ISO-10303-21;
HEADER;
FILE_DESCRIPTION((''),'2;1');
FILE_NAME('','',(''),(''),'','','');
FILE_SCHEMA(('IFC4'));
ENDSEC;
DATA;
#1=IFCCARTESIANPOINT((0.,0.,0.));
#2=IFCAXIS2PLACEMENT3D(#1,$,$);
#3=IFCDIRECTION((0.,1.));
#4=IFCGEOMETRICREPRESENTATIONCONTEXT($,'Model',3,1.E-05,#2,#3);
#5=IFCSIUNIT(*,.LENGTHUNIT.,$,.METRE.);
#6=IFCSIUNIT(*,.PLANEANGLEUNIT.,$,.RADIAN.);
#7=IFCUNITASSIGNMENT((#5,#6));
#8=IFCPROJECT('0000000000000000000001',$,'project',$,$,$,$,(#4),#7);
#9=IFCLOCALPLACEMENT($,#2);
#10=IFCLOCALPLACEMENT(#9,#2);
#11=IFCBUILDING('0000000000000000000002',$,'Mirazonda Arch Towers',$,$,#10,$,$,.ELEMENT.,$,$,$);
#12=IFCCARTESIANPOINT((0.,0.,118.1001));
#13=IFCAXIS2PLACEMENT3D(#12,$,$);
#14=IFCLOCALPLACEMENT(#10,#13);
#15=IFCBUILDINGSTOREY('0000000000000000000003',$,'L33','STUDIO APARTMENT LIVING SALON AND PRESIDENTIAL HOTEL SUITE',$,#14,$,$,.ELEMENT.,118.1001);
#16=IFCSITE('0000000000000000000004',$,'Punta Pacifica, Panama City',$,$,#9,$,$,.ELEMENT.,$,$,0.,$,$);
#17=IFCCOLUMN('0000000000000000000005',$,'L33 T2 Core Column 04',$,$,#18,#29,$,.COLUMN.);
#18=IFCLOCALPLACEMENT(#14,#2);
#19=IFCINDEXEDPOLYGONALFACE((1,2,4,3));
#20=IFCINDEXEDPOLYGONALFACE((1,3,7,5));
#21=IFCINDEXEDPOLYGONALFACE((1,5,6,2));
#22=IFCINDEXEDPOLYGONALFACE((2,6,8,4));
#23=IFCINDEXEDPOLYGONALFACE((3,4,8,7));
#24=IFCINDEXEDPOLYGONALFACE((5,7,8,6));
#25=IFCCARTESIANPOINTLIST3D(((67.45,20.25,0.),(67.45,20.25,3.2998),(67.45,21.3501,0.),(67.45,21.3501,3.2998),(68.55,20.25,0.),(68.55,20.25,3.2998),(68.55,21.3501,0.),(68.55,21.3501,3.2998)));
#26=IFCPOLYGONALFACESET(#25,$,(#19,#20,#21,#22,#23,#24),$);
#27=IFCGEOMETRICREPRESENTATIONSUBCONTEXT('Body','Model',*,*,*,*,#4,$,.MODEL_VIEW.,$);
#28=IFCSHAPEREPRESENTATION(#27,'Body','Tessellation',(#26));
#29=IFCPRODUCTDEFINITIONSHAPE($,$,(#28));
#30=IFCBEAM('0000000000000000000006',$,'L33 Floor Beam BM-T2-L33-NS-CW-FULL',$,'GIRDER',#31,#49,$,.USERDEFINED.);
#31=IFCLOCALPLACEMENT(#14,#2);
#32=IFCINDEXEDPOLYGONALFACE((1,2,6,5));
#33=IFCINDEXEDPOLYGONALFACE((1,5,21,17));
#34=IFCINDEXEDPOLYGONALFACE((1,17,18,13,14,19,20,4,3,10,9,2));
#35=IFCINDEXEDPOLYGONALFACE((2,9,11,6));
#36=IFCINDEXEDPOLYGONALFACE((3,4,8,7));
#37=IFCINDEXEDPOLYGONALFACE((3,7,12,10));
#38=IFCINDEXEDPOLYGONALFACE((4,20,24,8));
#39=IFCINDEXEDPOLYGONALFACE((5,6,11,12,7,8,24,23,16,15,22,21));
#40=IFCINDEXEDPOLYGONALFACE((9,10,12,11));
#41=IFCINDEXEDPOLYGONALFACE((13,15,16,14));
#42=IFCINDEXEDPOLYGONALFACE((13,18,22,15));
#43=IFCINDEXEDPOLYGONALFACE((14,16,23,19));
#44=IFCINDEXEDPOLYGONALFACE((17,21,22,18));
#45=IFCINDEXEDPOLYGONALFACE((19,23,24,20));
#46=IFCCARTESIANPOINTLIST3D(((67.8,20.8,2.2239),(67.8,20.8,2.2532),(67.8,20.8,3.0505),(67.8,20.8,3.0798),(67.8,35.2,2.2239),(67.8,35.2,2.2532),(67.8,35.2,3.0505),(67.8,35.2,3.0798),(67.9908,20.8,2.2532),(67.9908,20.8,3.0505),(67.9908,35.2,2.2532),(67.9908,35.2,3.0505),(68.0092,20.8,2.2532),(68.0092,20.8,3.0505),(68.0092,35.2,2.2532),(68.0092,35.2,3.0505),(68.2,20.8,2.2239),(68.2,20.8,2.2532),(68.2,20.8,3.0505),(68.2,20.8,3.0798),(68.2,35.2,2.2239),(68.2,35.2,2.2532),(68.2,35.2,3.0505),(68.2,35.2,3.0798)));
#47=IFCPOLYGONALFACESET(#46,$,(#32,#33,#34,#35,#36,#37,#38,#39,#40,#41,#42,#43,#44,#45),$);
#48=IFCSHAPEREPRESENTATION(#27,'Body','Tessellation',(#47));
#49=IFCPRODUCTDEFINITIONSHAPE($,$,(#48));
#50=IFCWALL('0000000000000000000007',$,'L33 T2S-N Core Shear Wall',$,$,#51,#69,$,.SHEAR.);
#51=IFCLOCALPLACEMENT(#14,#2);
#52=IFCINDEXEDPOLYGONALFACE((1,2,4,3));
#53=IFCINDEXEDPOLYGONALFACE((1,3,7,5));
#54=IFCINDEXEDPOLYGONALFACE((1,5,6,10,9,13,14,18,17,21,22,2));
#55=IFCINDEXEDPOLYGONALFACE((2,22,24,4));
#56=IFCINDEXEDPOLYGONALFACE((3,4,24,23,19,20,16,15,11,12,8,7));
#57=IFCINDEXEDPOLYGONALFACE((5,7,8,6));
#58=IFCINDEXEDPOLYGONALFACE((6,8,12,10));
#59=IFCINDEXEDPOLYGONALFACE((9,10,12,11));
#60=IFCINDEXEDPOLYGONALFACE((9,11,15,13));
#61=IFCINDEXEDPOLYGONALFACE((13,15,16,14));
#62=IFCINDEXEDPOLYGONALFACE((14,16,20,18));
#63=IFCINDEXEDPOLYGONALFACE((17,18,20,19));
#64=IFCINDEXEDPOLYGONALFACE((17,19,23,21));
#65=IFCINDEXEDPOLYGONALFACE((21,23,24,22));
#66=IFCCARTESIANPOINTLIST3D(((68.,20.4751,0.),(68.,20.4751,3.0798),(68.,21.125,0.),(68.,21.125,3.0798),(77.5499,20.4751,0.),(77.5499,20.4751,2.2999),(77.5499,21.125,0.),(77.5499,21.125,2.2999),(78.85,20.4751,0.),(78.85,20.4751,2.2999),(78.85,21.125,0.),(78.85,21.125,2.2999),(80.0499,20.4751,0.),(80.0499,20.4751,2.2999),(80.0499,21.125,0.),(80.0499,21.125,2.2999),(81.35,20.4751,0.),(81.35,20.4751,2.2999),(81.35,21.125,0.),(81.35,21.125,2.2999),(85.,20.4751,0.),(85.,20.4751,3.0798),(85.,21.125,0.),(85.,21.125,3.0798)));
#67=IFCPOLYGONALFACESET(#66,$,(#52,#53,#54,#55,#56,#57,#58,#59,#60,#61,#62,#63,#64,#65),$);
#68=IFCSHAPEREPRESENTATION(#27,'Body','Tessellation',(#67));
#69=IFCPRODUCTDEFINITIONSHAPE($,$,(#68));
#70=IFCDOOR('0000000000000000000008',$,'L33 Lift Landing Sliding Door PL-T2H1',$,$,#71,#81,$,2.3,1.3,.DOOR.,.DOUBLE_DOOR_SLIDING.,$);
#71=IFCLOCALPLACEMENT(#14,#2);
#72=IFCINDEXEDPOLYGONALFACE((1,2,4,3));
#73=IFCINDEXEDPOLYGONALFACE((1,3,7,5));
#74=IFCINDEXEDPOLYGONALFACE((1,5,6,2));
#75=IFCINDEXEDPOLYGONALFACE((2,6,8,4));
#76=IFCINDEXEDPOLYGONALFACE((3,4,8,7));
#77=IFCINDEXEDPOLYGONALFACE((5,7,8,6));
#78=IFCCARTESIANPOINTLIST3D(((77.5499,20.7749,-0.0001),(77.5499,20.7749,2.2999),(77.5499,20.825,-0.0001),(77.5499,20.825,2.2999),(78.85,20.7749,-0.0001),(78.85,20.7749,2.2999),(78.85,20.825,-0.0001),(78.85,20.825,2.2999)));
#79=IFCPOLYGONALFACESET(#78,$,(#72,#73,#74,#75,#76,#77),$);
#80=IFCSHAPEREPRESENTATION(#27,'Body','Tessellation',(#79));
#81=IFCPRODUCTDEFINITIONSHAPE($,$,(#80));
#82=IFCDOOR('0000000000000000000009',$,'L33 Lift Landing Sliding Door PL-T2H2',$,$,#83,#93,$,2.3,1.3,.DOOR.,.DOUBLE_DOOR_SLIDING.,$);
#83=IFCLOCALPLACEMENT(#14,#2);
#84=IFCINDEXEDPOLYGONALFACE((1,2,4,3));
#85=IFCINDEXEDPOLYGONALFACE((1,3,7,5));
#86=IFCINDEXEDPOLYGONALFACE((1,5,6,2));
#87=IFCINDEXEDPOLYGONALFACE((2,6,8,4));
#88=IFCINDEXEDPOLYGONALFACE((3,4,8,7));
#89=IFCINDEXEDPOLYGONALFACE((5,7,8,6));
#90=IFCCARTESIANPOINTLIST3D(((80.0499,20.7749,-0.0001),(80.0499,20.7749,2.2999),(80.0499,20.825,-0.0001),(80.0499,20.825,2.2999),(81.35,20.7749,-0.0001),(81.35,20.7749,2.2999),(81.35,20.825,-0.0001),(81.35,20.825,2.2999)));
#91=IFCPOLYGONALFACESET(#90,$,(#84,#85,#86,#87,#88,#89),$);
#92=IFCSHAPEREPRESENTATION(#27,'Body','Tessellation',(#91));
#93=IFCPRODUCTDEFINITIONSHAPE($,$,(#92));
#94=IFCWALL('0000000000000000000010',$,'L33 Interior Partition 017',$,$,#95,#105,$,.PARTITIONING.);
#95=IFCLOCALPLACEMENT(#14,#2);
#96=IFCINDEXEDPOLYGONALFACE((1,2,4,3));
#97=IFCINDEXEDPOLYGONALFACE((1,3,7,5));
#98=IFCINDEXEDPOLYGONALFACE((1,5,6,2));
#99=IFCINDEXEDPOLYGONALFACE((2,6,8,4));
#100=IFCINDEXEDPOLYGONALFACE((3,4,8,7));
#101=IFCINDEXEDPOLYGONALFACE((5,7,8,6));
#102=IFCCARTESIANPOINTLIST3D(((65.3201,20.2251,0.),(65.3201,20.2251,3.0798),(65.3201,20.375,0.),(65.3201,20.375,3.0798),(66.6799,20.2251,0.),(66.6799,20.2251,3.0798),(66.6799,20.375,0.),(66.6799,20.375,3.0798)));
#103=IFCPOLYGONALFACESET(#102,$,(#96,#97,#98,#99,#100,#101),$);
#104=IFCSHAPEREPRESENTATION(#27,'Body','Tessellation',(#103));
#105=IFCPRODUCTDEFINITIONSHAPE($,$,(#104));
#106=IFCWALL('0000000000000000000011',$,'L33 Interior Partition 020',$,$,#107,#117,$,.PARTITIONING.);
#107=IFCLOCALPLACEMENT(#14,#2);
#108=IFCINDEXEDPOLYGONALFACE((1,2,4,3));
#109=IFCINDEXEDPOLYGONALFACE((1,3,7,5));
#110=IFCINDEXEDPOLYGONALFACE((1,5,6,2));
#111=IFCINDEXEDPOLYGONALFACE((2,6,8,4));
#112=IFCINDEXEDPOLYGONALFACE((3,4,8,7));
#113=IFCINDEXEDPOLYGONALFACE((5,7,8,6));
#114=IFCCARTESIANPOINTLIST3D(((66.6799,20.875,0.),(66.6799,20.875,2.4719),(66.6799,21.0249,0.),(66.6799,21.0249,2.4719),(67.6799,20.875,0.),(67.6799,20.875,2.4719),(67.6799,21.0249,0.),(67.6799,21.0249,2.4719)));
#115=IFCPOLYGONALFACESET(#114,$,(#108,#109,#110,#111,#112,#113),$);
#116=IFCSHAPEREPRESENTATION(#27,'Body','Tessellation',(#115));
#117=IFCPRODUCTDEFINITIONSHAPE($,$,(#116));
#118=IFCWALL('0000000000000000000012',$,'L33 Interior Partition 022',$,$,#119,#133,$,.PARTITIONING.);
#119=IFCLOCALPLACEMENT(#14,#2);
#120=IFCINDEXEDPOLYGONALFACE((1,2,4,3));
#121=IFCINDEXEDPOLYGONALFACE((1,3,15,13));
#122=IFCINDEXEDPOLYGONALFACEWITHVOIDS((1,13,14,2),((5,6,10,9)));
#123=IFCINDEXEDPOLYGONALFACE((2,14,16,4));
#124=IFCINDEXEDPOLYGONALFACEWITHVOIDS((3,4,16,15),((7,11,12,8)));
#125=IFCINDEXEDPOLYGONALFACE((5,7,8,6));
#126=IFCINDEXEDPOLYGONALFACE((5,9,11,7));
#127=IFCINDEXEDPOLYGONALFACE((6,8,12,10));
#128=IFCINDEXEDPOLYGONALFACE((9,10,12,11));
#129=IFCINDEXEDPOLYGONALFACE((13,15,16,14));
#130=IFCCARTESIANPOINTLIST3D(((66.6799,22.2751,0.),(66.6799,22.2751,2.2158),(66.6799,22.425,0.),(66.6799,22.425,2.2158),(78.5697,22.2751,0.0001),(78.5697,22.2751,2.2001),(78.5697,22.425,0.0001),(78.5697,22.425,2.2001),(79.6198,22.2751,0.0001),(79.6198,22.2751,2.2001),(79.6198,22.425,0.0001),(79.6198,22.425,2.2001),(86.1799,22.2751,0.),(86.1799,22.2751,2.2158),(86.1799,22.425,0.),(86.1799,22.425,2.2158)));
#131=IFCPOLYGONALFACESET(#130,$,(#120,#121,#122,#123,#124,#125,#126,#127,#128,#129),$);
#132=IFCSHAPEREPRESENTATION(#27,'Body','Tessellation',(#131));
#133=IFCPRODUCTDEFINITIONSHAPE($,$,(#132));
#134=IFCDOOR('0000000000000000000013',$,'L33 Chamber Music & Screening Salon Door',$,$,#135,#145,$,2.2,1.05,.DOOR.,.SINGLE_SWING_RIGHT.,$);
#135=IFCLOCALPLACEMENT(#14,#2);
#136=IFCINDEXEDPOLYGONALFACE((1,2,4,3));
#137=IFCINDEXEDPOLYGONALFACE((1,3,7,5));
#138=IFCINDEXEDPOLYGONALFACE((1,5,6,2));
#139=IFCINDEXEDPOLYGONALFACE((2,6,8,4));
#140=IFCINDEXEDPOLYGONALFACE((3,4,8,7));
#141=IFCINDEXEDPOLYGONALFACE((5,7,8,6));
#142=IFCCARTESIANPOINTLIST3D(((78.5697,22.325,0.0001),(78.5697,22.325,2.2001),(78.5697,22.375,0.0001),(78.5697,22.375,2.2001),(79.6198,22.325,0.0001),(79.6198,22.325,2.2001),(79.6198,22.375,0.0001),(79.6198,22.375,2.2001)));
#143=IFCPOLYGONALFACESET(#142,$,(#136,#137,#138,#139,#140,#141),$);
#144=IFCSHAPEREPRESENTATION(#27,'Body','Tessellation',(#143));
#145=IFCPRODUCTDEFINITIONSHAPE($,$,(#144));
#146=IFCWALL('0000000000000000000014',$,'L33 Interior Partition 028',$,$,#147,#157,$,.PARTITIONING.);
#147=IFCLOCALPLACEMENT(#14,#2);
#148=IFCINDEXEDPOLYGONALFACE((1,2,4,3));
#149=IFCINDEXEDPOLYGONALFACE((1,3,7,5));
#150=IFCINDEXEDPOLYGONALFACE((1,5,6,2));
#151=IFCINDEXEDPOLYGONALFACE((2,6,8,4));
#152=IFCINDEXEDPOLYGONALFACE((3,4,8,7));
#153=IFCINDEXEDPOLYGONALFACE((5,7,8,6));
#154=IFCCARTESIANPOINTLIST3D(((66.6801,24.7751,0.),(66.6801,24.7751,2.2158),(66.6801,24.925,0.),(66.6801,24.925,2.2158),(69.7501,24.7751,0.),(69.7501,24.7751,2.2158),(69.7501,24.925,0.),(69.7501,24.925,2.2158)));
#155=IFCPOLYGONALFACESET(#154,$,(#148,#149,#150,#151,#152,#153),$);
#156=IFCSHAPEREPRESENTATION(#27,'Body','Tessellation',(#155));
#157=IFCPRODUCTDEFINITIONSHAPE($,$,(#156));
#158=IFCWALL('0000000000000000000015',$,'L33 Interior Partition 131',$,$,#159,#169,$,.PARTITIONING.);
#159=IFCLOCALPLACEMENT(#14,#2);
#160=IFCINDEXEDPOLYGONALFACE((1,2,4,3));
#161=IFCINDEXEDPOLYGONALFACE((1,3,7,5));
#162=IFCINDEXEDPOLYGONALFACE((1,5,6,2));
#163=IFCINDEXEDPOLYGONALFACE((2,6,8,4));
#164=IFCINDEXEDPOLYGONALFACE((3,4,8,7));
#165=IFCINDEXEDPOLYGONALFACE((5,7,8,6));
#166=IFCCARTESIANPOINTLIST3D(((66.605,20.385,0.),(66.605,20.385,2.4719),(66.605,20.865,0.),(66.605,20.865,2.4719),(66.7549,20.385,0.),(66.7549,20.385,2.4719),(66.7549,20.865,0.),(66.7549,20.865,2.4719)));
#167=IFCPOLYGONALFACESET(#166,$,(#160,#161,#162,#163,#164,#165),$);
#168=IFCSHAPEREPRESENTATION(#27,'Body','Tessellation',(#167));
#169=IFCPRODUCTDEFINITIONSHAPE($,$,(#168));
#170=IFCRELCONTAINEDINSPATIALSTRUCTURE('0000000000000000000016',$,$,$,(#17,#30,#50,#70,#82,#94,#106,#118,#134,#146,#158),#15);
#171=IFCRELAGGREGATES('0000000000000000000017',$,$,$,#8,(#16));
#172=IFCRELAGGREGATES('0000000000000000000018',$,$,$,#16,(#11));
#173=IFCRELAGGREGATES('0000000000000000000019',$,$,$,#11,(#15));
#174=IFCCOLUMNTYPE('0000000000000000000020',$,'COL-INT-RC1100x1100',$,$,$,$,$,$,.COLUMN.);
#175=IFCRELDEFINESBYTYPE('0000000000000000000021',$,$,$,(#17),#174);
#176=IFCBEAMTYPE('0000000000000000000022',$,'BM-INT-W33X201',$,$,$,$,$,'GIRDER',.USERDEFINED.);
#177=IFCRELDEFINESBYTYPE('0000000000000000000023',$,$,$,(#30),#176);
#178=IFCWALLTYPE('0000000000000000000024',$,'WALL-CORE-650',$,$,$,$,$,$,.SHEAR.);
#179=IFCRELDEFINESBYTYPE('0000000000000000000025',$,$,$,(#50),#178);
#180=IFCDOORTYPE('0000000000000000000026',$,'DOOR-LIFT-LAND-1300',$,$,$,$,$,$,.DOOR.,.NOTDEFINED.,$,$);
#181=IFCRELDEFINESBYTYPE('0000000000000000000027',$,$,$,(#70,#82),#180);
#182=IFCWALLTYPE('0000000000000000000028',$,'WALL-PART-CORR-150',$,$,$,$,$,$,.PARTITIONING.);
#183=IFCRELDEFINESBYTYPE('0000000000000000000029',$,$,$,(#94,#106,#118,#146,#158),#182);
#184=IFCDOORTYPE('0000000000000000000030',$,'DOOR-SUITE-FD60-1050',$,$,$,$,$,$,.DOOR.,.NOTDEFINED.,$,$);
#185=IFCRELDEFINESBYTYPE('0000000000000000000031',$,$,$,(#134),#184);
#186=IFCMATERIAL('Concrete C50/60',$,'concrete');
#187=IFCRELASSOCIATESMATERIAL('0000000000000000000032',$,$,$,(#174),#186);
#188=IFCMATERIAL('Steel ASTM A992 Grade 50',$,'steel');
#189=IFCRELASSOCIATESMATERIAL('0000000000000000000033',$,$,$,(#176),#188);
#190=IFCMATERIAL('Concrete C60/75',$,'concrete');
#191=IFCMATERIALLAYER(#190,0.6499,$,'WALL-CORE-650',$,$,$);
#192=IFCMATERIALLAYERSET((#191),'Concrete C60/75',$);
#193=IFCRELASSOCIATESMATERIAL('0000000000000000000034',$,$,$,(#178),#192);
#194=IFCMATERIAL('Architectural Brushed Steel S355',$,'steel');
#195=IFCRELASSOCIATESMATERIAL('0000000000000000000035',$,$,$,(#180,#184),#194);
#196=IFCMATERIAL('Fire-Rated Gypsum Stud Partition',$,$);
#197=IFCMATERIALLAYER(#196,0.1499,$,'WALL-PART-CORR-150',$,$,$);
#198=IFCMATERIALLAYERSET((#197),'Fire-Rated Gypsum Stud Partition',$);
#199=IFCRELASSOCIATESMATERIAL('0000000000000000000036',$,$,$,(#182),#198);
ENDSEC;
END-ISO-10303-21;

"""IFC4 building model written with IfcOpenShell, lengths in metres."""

from ifc_helpers import new_model, si_unit, direction, frame, frame_2d, origin, origin_2d, place, context, subcontext, project, spatial, rectangle, i_section, extrude, material, layer, layer_set, material_profile, profile_set, type_object, element, fill, save


model = new_model("IFC4")

# Units and contexts
model_context = context("Model", 3, precision=1e-05, world=origin(), true_north=direction((0.0, 1.0)))
body_context = subcontext(model_context, "Body", "Model", "MODEL_VIEW")
ifc_project = project(units=[si_unit("LENGTHUNIT", "METRE"), si_unit("PLANEANGLEUNIT", "RADIAN")], contexts=[model_context])

# Site, building, storey
site_placement = place(None, origin())
site = spatial("IfcSite", under=ifc_project, at=site_placement, Name="Punta Pacifica, Panama City", CompositionType="ELEMENT", RefElevation=0.0)
building_placement = place(site_placement, origin())
building = spatial("IfcBuilding", under=site, at=building_placement, Name="Mirazonda Arch Towers", CompositionType="ELEMENT")
storey_placement = place(building_placement, frame((0.0, 0.0, 118.1001)))
storey = spatial("IfcBuildingStorey", under=building, at=storey_placement, Name="L33", Description="STUDIO APARTMENT LIVING SALON AND PRESIDENTIAL HOTEL SUITE", CompositionType="ELEMENT", Elevation=118.1001)

# Column
ifc_material_1 = material(Name="Concrete C50/60", Category="concrete")
ifc_material_profile_1 = material_profile(ifc_material_1, rectangle(XDim=1.1001, YDim=1.1001, at=origin_2d()), Name="RC1100x1100")
ifc_profile_set_1 = profile_set([ifc_material_profile_1], Name="Concrete C50/60")
column_type = type_object("IfcColumnType", Name="COL-INT-RC1100x1100", PredefinedType="COLUMN", material=ifc_profile_set_1)
column_placement = place(storey_placement, frame((68.0, 20.8, 0.0), z_axis=(0.0, 0.0, 1.0), x_axis=(1.0, 0.0, 0.0)))
element("IfcColumn", 1, at=column_placement, inside=storey, type_object=column_type, Name="L33 T2 Core Column 04", PredefinedType="COLUMN", context=body_context, shape_type="SweptSolid", body=[
    extrude(rectangle(XDim=1.1001, YDim=1.1001, at=origin_2d()), origin(), (0.0, 0.0, 1.0), 3.2998),
])

# Beam
ifc_material_2 = material(Name="Steel ASTM A992 Grade 50", Category="steel")
ifc_material_profile_2 = material_profile(ifc_material_2, i_section(OverallWidth=0.3999, OverallDepth=0.856, WebThickness=0.0183, FlangeThickness=0.0293, at=origin_2d()), Name="W33X201")
ifc_profile_set_2 = profile_set([ifc_material_profile_2], Name="Steel ASTM A992 Grade 50")
beam_type = type_object("IfcBeamType", Name="BM-INT-W33X201", ElementType="GIRDER", PredefinedType="USERDEFINED", material=ifc_profile_set_2)
beam_placement = place(storey_placement, frame((68.0, 20.8, 2.6519), z_axis=(0.0, 1.0, 0.0), x_axis=(-1.0, 0.0, 0.0)))
element("IfcBeam", 2, at=beam_placement, inside=storey, type_object=beam_type, Name="L33 Floor Beam BM-T2-L33-NS-CW-FULL", ObjectType="GIRDER", PredefinedType="USERDEFINED", context=body_context, shape_type="SweptSolid", body=[
    extrude(i_section(OverallWidth=0.3999, OverallDepth=0.856, WebThickness=0.0183, FlangeThickness=0.0293, at=origin_2d()), origin(), (0.0, 0.0, 1.0), 14.3999),
])

# Wall, openings, doors
ifc_material_3 = material(Name="Concrete C60/75", Category="concrete")
ifc_layer_1 = layer(ifc_material_3, 0.6499, Name="WALL-CORE-650")
ifc_layer_set_1 = layer_set([ifc_layer_1], Name="Concrete C60/75")
wall_type_1 = type_object("IfcWallType", Name="WALL-CORE-650", PredefinedType="SHEAR", material=ifc_layer_set_1)
wall_1_placement = place(storey_placement, frame((68.0, 20.8, 0.0), z_axis=(0.0, 0.0, 1.0), x_axis=(1.0, 0.0, 0.0)))
wall_1 = element("IfcWall", 3, at=wall_1_placement, inside=storey, type_object=wall_type_1, Name="L33 T2S-N Core Shear Wall", PredefinedType="SHEAR", context=body_context, shape_type="SweptSolid", body=[
    extrude(rectangle(XDim=17.0, YDim=0.6499, at=frame_2d((8.5, 0.0))), origin(), (0.0, 0.0, 1.0), 3.0798),
])
opening_1_placement = place(wall_1_placement, frame((9.55, 0.0, 0.0)))
opening_1 = element("IfcOpeningElement", 4, at=opening_1_placement, cuts=wall_1, PredefinedType="OPENING", context=body_context, shape_type="SweptSolid", body=[
    extrude(rectangle(XDim=1.3, YDim=2.3, at=frame_2d((0.6499, 1.1499))), frame((0.0, 0.335, 0.0), z_axis=(0.0, -1.0, 0.0), x_axis=(1.0, 0.0, 0.0)), (0.0, 0.0, 1.0), 0.6699),
])
opening_2_placement = place(wall_1_placement, frame((12.05, 0.0, 0.0)))
opening_2 = element("IfcOpeningElement", 5, at=opening_2_placement, cuts=wall_1, PredefinedType="OPENING", context=body_context, shape_type="SweptSolid", body=[
    extrude(rectangle(XDim=1.3, YDim=2.3, at=frame_2d((0.6499, 1.1499))), frame((0.0, 0.335, 0.0), z_axis=(0.0, -1.0, 0.0), x_axis=(1.0, 0.0, 0.0)), (0.0, 0.0, 1.0), 0.6699),
])
ifc_material_4 = material(Name="Architectural Brushed Steel S355", Category="steel")
door_type_1 = type_object("IfcDoorType", Name="DOOR-LIFT-LAND-1300", OperationType="NOTDEFINED", PredefinedType="DOOR", material=ifc_material_4)
door_1_placement = place(opening_1_placement, origin())
door_1 = element("IfcDoor", 6, at=door_1_placement, inside=storey, type_object=door_type_1, Name="L33 Lift Landing Sliding Door PL-T2H1", OperationType="DOUBLE_DOOR_SLIDING", OverallHeight=2.3, OverallWidth=1.3, PredefinedType="DOOR", context=body_context, shape_type="SweptSolid", body=[
    extrude(rectangle(XDim=1.3, YDim=2.3, at=frame_2d((0.6499, 1.1499))), frame((0.0, 0.0249, 0.0), z_axis=(0.0, -1.0, 0.0), x_axis=(1.0, 0.0, 0.0)), (0.0, 0.0, 1.0), 0.05),
])
fill(opening_1, door_1)
door_2_placement = place(opening_2_placement, origin())
door_2 = element("IfcDoor", 7, at=door_2_placement, inside=storey, type_object=door_type_1, Name="L33 Lift Landing Sliding Door PL-T2H2", OperationType="DOUBLE_DOOR_SLIDING", OverallHeight=2.3, OverallWidth=1.3, PredefinedType="DOOR", context=body_context, shape_type="SweptSolid", body=[
    extrude(rectangle(XDim=1.3, YDim=2.3, at=frame_2d((0.6499, 1.1499))), frame((0.0, 0.0249, 0.0), z_axis=(0.0, -1.0, 0.0), x_axis=(1.0, 0.0, 0.0)), (0.0, 0.0, 1.0), 0.05),
])
fill(opening_2, door_2)

# Walls
ifc_material_5 = material(Name="Fire-Rated Gypsum Stud Partition")
ifc_layer_2 = layer(ifc_material_5, 0.1499, Name="WALL-PART-CORR-150")
ifc_layer_set_2 = layer_set([ifc_layer_2], Name="Fire-Rated Gypsum Stud Partition")
wall_type_2 = type_object("IfcWallType", Name="WALL-PART-CORR-150", PredefinedType="PARTITIONING", material=ifc_layer_set_2)
wall_2_placement = place(storey_placement, frame((65.3201, 20.3, 0.0), z_axis=(0.0, 0.0, 1.0), x_axis=(1.0, 0.0, 0.0)))
element("IfcWall", 8, at=wall_2_placement, inside=storey, type_object=wall_type_2, Name="L33 Interior Partition 017", PredefinedType="PARTITIONING", context=body_context, shape_type="SweptSolid", body=[
    extrude(rectangle(XDim=1.3599, YDim=0.1499, at=frame_2d((0.6799, 0.0))), origin(), (0.0, 0.0, 1.0), 3.0798),
])
wall_3_placement = place(storey_placement, frame((66.6799, 20.95, 0.0), z_axis=(0.0, 0.0, 1.0), x_axis=(1.0, 0.0, 0.0)))
element("IfcWall", 9, at=wall_3_placement, inside=storey, type_object=wall_type_2, Name="L33 Interior Partition 020", PredefinedType="PARTITIONING", context=body_context, shape_type="SweptSolid", body=[
    extrude(rectangle(XDim=1.0, YDim=0.1499, at=frame_2d((0.5, 0.0))), origin(), (0.0, 0.0, 1.0), 2.4719),
])

# Wall, opening, door
wall_4_placement = place(storey_placement, frame((66.6799, 22.3501, 0.0), z_axis=(0.0, 0.0, 1.0), x_axis=(1.0, 0.0, 0.0)))
wall_4 = element("IfcWall", 10, at=wall_4_placement, inside=storey, type_object=wall_type_2, Name="L33 Interior Partition 022", PredefinedType="PARTITIONING", context=body_context, shape_type="SweptSolid", body=[
    extrude(rectangle(XDim=19.5, YDim=0.1499, at=frame_2d((9.75, 0.0))), origin(), (0.0, 0.0, 1.0), 2.2158),
])
opening_3_placement = place(wall_4_placement, frame((11.8899, 0.0, 0.0)))
opening_3 = element("IfcOpeningElement", 11, at=opening_3_placement, cuts=wall_4, PredefinedType="OPENING", context=body_context, shape_type="SweptSolid", body=[
    extrude(rectangle(XDim=1.05, YDim=2.2, at=frame_2d((0.5249, 1.1001))), frame((0.0, 0.085, 0.0), z_axis=(0.0, -1.0, 0.0), x_axis=(1.0, 0.0, 0.0)), (0.0, 0.0, 1.0), 0.1699),
])
door_type_2 = type_object("IfcDoorType", Name="DOOR-SUITE-FD60-1050", OperationType="NOTDEFINED", PredefinedType="DOOR", material=ifc_material_4)
door_3_placement = place(opening_3_placement, origin())
door_3 = element("IfcDoor", 12, at=door_3_placement, inside=storey, type_object=door_type_2, Name="L33 Chamber Music & Screening Salon Door", OperationType="SINGLE_SWING_RIGHT", OverallHeight=2.2, OverallWidth=1.05, PredefinedType="DOOR", context=body_context, shape_type="SweptSolid", body=[
    extrude(rectangle(XDim=1.05, YDim=2.2, at=frame_2d((0.5249, 1.1001))), frame((0.0, 0.0249, 0.0), z_axis=(0.0, -1.0, 0.0), x_axis=(1.0, 0.0, 0.0)), (0.0, 0.0, 1.0), 0.05),
])
fill(opening_3, door_3)

# Walls
wall_5_placement = place(storey_placement, frame((66.6799, 24.8501, 0.0), z_axis=(0.0, 0.0, 1.0), x_axis=(1.0, 0.0, 0.0)))
element("IfcWall", 13, at=wall_5_placement, inside=storey, type_object=wall_type_2, Name="L33 Interior Partition 028", PredefinedType="PARTITIONING", context=body_context, shape_type="SweptSolid", body=[
    extrude(rectangle(XDim=3.0701, YDim=0.1499, at=frame_2d((1.5352, 0.0))), origin(), (0.0, 0.0, 1.0), 2.2158),
])
wall_6_placement = place(storey_placement, frame((66.6799, 20.385, 0.0), z_axis=(0.0, 0.0, 1.0), x_axis=(0.0, 1.0, 0.0)))
element("IfcWall", 14, at=wall_6_placement, inside=storey, type_object=wall_type_2, Name="L33 Interior Partition 131", PredefinedType="PARTITIONING", context=body_context, shape_type="SweptSolid", body=[
    extrude(rectangle(XDim=0.48, YDim=0.1499, at=frame_2d((0.24, 0.0))), origin(), (0.0, 0.0, 1.0), 2.4719),
])

save(model, "model.ifc")
